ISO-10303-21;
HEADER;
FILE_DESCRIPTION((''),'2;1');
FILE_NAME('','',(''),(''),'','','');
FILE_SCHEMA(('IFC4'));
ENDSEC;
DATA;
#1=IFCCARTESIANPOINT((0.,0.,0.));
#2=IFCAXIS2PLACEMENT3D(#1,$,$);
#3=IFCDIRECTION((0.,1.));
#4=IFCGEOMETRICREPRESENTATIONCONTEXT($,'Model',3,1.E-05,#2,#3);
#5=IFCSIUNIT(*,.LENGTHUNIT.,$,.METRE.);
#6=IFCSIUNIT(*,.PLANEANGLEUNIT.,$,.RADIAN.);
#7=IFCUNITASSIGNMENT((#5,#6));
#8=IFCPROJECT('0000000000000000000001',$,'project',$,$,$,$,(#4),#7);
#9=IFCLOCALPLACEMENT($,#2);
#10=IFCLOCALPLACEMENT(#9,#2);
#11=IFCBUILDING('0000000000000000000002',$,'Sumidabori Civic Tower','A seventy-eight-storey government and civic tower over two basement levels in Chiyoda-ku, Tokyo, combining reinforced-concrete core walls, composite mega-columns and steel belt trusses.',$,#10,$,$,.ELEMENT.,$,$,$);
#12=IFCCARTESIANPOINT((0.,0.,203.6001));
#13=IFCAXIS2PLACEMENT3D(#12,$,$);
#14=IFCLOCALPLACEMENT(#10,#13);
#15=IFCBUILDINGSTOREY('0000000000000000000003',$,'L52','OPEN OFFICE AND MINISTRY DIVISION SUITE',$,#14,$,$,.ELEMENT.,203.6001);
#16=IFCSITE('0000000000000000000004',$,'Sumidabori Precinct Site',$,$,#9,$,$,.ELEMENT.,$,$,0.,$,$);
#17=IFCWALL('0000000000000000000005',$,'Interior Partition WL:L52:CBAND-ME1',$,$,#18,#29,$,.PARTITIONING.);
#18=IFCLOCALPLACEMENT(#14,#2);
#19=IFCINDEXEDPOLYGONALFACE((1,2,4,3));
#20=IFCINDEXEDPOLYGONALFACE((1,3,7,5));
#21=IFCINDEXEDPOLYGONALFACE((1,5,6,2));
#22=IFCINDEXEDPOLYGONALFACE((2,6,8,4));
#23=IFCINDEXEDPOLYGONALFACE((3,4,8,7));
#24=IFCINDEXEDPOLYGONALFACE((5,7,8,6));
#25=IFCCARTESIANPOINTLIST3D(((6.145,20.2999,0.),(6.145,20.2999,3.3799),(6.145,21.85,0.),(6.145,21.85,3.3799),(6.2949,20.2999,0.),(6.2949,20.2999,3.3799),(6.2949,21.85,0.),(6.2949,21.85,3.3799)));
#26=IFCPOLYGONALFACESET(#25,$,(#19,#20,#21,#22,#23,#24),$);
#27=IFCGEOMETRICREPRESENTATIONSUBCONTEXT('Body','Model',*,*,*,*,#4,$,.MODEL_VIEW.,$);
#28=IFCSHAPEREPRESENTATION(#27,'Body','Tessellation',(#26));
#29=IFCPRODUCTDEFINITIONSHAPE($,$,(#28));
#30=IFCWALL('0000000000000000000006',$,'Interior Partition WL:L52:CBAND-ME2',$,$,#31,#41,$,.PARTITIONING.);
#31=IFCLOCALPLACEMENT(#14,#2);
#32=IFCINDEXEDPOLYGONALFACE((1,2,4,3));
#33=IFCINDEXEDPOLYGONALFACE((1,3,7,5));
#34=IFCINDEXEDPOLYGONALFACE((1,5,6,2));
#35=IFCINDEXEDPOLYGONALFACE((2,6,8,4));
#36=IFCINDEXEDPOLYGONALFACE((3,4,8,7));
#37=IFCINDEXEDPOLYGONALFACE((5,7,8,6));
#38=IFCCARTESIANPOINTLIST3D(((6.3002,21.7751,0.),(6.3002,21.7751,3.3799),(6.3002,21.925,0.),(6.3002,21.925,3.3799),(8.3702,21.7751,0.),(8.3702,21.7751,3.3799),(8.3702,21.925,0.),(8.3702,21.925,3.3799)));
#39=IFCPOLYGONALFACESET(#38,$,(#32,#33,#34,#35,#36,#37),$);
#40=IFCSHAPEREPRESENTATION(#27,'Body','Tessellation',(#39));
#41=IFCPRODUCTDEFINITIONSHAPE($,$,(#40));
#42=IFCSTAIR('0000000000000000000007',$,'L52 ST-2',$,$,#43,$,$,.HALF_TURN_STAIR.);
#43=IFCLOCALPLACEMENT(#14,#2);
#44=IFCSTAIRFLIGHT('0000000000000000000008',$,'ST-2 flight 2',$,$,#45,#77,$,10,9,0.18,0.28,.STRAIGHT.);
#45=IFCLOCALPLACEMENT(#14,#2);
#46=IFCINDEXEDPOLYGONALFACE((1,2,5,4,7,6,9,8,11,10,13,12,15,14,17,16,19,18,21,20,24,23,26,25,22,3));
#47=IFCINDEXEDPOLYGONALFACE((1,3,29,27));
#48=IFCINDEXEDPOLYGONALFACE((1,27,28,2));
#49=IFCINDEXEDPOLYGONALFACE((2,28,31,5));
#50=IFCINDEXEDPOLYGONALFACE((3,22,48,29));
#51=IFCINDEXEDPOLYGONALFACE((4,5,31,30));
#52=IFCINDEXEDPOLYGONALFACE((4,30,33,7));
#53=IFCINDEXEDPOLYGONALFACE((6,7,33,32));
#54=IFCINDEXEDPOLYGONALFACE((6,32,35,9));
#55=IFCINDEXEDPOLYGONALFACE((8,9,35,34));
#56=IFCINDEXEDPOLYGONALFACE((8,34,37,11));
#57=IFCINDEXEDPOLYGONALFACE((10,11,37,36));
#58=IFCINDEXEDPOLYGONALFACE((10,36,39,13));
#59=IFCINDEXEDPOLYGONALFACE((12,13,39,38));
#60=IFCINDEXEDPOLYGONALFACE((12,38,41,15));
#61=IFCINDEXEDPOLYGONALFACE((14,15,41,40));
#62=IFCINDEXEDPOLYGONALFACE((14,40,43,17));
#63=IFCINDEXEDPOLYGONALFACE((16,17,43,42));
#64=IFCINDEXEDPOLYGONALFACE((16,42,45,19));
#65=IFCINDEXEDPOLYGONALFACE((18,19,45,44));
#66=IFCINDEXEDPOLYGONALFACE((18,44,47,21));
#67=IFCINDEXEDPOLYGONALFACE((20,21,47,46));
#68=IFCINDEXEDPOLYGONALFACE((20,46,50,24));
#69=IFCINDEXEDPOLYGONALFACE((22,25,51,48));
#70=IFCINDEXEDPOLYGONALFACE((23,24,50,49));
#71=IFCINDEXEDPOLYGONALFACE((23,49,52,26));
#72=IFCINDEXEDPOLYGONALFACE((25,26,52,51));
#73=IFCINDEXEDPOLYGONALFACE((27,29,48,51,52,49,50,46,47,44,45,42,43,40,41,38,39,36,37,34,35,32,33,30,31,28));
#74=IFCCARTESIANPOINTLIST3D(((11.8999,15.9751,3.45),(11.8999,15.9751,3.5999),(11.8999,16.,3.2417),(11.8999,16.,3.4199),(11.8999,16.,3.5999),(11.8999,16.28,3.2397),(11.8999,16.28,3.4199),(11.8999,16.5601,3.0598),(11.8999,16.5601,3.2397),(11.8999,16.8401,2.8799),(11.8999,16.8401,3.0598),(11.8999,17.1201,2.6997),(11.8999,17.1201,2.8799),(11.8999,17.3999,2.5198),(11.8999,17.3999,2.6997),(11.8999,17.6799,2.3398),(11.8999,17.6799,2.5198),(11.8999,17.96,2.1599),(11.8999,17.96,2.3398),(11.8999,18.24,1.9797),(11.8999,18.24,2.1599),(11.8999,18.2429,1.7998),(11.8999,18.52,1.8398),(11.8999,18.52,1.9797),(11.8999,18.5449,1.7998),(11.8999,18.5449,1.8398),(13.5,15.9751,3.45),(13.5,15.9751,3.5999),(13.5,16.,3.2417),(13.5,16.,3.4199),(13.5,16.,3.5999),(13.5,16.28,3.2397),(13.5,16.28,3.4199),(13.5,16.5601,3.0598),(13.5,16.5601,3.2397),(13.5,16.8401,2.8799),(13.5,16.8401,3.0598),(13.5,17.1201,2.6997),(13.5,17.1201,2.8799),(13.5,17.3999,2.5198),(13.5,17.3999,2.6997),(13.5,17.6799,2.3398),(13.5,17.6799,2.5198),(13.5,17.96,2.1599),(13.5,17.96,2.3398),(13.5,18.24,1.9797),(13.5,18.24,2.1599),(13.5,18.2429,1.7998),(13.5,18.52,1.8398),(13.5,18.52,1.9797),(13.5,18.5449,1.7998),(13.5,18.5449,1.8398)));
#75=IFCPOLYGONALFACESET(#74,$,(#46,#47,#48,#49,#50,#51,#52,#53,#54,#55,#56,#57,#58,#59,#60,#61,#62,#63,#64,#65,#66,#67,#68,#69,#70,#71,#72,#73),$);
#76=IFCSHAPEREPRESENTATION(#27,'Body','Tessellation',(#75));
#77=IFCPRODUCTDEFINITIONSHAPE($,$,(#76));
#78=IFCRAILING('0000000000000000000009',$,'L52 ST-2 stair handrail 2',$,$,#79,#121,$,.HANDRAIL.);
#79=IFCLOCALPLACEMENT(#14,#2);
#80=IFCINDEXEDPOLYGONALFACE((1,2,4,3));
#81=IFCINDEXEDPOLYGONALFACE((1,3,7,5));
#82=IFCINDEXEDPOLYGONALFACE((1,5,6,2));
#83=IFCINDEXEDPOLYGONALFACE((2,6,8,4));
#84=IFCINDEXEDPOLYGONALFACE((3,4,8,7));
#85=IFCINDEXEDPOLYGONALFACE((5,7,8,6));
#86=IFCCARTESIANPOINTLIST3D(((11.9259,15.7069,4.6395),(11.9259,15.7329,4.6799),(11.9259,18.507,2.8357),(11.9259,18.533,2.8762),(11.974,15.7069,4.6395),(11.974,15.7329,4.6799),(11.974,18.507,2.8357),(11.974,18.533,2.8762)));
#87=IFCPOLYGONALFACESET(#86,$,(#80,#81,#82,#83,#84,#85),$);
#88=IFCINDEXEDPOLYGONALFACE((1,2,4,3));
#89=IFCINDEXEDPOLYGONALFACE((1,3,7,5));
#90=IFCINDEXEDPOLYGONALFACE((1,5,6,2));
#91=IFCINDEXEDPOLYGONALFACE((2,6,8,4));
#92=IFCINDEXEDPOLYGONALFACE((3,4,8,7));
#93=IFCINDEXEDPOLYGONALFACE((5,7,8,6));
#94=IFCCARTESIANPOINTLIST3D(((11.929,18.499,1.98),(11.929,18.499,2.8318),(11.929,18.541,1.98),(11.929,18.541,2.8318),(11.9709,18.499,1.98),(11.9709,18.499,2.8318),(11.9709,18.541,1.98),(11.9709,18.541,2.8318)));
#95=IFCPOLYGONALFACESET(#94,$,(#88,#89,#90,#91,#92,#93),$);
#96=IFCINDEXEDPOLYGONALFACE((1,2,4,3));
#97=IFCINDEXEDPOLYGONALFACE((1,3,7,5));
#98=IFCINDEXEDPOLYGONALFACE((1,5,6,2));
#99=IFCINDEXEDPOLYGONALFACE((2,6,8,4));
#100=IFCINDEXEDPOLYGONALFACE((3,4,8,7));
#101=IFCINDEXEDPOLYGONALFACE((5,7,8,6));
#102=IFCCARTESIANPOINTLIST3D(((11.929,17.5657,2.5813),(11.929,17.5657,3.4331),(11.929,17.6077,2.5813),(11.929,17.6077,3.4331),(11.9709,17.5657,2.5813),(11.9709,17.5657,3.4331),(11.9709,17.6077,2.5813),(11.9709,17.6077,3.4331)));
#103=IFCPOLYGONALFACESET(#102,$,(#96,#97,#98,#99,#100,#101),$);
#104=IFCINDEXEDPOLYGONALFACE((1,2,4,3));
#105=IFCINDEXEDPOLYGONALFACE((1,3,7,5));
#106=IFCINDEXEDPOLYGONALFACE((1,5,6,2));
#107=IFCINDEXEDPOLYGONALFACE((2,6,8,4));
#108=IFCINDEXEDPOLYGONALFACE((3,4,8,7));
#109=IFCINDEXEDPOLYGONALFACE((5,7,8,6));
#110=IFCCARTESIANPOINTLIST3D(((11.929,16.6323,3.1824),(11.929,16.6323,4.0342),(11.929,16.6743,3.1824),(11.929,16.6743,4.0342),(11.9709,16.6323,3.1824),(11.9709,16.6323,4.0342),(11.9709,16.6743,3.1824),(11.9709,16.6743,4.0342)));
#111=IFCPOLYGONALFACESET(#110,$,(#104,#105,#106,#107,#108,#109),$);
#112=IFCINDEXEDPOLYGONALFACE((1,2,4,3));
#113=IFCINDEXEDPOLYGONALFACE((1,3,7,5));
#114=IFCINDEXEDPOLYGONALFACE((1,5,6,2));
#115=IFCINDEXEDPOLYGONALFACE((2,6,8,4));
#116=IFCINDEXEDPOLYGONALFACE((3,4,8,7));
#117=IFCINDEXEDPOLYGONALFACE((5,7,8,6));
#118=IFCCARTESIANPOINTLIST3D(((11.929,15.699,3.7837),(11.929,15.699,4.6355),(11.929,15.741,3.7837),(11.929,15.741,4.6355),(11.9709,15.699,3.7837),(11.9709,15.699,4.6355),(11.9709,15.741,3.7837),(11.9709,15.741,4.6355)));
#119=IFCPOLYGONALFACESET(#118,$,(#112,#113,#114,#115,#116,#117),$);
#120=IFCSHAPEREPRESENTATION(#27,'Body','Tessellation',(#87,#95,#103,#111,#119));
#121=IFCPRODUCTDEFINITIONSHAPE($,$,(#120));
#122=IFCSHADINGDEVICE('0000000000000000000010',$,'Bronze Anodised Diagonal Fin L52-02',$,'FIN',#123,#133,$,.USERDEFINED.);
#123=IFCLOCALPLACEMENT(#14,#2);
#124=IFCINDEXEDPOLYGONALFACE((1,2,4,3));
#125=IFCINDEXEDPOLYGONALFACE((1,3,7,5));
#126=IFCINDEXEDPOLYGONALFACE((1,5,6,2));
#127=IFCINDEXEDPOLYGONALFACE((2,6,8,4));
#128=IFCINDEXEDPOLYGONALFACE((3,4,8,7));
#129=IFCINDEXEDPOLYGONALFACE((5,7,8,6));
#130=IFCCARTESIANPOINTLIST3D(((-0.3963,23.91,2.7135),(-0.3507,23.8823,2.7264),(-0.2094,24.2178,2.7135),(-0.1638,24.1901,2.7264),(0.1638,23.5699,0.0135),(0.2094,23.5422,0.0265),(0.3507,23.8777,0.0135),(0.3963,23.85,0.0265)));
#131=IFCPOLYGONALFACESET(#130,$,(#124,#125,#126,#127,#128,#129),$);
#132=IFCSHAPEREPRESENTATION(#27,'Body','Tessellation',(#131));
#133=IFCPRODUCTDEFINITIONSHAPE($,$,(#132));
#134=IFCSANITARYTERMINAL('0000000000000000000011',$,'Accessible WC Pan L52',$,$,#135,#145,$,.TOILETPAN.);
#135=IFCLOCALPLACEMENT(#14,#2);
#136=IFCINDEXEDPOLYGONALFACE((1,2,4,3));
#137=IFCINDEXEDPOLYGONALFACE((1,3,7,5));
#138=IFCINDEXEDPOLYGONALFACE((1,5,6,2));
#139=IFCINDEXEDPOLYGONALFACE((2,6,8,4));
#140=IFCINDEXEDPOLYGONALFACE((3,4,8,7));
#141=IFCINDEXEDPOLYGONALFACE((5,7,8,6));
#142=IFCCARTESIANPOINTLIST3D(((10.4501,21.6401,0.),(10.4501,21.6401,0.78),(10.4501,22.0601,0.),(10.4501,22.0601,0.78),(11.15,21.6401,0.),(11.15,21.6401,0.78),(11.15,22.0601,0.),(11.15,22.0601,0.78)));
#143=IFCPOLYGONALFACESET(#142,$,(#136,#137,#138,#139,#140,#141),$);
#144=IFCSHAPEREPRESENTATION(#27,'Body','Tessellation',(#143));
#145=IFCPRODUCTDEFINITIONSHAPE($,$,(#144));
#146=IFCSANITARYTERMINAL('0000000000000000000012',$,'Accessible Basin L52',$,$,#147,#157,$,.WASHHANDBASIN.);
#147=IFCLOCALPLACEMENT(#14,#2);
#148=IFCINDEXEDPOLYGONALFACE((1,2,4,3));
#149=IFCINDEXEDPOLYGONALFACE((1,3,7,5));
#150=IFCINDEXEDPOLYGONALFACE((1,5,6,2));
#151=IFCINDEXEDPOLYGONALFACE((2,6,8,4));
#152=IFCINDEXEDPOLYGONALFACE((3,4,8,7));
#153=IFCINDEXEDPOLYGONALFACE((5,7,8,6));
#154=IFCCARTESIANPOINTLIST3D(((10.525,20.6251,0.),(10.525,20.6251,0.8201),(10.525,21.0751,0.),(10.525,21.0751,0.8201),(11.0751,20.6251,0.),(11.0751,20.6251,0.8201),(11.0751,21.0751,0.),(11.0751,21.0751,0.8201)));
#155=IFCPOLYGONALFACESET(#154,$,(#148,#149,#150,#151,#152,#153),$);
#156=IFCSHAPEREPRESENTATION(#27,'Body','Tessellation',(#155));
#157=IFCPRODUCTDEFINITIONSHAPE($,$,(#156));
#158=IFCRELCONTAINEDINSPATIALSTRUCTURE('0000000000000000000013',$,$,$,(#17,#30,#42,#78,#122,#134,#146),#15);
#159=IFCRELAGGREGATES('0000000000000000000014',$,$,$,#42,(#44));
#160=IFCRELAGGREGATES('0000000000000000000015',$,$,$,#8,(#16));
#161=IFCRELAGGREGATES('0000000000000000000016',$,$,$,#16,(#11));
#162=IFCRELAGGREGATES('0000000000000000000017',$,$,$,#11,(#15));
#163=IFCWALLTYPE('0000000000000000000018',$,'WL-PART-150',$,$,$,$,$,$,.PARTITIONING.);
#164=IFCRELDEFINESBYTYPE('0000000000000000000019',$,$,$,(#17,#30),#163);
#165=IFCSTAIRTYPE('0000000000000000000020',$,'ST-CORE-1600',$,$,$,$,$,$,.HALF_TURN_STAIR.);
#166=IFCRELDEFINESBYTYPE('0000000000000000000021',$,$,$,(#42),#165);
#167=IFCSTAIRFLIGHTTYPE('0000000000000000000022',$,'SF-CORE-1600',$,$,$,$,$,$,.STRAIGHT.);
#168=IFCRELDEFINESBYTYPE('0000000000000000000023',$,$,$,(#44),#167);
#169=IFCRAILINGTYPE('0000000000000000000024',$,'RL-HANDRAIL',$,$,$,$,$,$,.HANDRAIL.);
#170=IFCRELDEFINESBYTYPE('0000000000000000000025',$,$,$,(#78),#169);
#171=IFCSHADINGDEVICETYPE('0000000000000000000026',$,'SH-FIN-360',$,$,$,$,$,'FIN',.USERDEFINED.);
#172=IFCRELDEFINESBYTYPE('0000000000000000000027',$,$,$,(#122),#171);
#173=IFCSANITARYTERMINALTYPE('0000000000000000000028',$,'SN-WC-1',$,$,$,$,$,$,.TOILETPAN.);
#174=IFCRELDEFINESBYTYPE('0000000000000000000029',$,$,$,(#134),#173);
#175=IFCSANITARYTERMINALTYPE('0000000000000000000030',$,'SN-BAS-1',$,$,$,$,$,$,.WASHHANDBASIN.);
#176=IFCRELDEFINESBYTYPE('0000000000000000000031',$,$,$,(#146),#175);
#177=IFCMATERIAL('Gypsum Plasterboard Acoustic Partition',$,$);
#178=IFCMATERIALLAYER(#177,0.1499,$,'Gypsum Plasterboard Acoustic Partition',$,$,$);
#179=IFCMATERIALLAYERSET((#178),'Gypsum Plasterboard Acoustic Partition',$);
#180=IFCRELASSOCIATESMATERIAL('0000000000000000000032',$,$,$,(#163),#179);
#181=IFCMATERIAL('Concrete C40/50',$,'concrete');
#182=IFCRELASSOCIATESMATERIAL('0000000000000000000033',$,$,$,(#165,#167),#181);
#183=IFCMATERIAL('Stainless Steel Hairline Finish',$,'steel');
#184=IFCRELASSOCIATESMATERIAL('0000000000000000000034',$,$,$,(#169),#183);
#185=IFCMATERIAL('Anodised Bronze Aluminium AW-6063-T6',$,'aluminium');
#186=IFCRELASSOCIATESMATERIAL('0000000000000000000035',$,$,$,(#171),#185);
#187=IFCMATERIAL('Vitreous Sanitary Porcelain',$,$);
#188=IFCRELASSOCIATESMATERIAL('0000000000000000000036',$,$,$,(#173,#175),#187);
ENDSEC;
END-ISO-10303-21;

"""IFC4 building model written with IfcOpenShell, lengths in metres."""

from ifc_helpers import new_model, si_unit, direction, frame, frame_2d, origin, origin_2d, place, context, subcontext, project, spatial, polyline, rectangle, outline, extrude, source, transform, mapped, material, layer, layer_set, material_profile, profile_set, type_object, element, aggregate, save


model = new_model("IFC4")

# Units and contexts
model_context = context("Model", 3, precision=1e-05, world=origin(), true_north=direction((0.0, 1.0)))
body_context = subcontext(model_context, "Body", "Model", "MODEL_VIEW")
ifc_project = project(units=[si_unit("LENGTHUNIT", "METRE"), si_unit("PLANEANGLEUNIT", "RADIAN")], contexts=[model_context])

# Site, building, storey
site_placement = place(None, origin())
site = spatial("IfcSite", under=ifc_project, at=site_placement, Name="Sumidabori Precinct Site", CompositionType="ELEMENT", RefElevation=0.0)
building_placement = place(site_placement, origin())
building = spatial("IfcBuilding", under=site, at=building_placement, Name="Sumidabori Civic Tower", Description="A seventy-eight-storey government and civic tower over two basement levels in Chiyoda-ku, Tokyo, combining reinforced-concrete core walls, composite mega-columns and steel belt trusses.", CompositionType="ELEMENT")
storey_placement = place(building_placement, frame((0.0, 0.0, 203.6001)))
storey = spatial("IfcBuildingStorey", under=building, at=storey_placement, Name="L52", Description="OPEN OFFICE AND MINISTRY DIVISION SUITE", CompositionType="ELEMENT", Elevation=203.6001)

# Shared definitions
ifc_material_1 = material(Name="Anodised Bronze Aluminium AW-6063-T6", Category="aluminium")

# Walls
ifc_material_2 = material(Name="Gypsum Plasterboard Acoustic Partition")
ifc_layer_1 = layer(ifc_material_2, 0.1499, Name="Gypsum Plasterboard Acoustic Partition")
ifc_layer_set_1 = layer_set([ifc_layer_1], Name="Gypsum Plasterboard Acoustic Partition")
wall_type_1 = type_object("IfcWallType", Name="WL-PART-150", PredefinedType="PARTITIONING", material=ifc_layer_set_1)
shared_shape_1 = source(origin(), body_context, "Body", "SweptSolid", [
    extrude(rectangle(XDim=1.55, YDim=0.1499, at=frame_2d((0.7749, 0.0))), origin(), (0.0, 0.0, 1.0), 3.3799),
])
wall_1_placement = place(storey_placement, frame((6.22, 20.3, 0.0), z_axis=(0.0, 0.0, 1.0), x_axis=(0.0, 1.0, 0.0)))
element("IfcWall", 1, at=wall_1_placement, inside=storey, type_object=wall_type_1, Name="Interior Partition WL:L52:CBAND-ME1", PredefinedType="PARTITIONING", context=body_context, shape_type="MappedRepresentation", body=[
    mapped(shared_shape_1, transform((0.0, 0.0, 0.0), x_axis=(1.0, 0.0, 0.0), y_axis=(0.0, 1.0, 0.0), z_axis=(0.0, 0.0, 1.0), scale=1.0)),
])
shared_shape_2 = source(origin(), body_context, "Body", "SweptSolid", [
    extrude(rectangle(XDim=2.0701, YDim=0.1499, at=frame_2d((1.0352, 0.0))), origin(), (0.0, 0.0, 1.0), 3.3799),
])
wall_2_placement = place(storey_placement, frame((6.3, 21.8501, 0.0), z_axis=(0.0, 0.0, 1.0), x_axis=(1.0, 0.0, 0.0)))
element("IfcWall", 2, at=wall_2_placement, inside=storey, type_object=wall_type_1, Name="Interior Partition WL:L52:CBAND-ME2", PredefinedType="PARTITIONING", context=body_context, shape_type="MappedRepresentation", body=[
    mapped(shared_shape_2, transform((0.0, 0.0, 0.0), x_axis=(1.0, 0.0, 0.0), y_axis=(0.0, 1.0, 0.0), z_axis=(0.0, 0.0, 1.0), scale=1.0)),
])

# Stair, stair flight
ifc_material_3 = material(Name="Concrete C40/50", Category="concrete")
stair_type = type_object("IfcStairType", Name="ST-CORE-1600", PredefinedType="HALF_TURN_STAIR", material=ifc_material_3)
stair_placement = place(storey_placement, origin())
stair = element("IfcStair", 3, at=stair_placement, inside=storey, type_object=stair_type, Name="L52 ST-2", PredefinedType="HALF_TURN_STAIR")
stair_flight_type = type_object("IfcStairFlightType", Name="SF-CORE-1600", PredefinedType="STRAIGHT", material=ifc_material_3)
shared_shape_3 = source(origin(), body_context, "Body", "SweptSolid", [
    extrude(outline(polyline([(-0.0249, 0.0), (-0.0249, 0.04), (0.0, 0.04), (0.0, 0.1799), (0.28, 0.1799), (0.28, 0.3601), (0.5601, 0.3601), (0.5601, 0.54), (0.8401, 0.54), (0.8401, 0.72), (1.1201, 0.72), (1.1201, 0.8999), (1.3999, 0.8999), (1.3999, 1.0801), (1.6799, 1.0801), (1.6799, 1.26), (1.96, 1.26), (1.96, 1.4399), (2.24, 1.4399), (2.24, 1.6201), (2.52, 1.6201), (2.52, 1.8), (2.5449, 1.8), (2.5449, 1.6501), (2.52, 1.4419), (0.2771, 0.0), (-0.0249, 0.0)])), frame((0.0, 0.8, 0.0), z_axis=(0.0, -1.0, 0.0), x_axis=(1.0, 0.0, 0.0)), (0.0, 0.0, 1.0), 1.6001),
])
stair_flight_placement = place(storey_placement, frame((12.7, 18.52, 1.7998), z_axis=(0.0, 0.0, 1.0), x_axis=(0.0, -1.0, 0.0)))
stair_flight = element("IfcStairFlight", 4, at=stair_flight_placement, type_object=stair_flight_type, Name="ST-2 flight 2", NumberOfRisers=10, NumberOfTreads=9, PredefinedType="STRAIGHT", RiserHeight=0.18, TreadLength=0.28, context=body_context, shape_type="MappedRepresentation", body=[
    mapped(shared_shape_3, transform((0.0, 0.0, 0.0), x_axis=(1.0, 0.0, 0.0), y_axis=(0.0, 1.0, 0.0), z_axis=(0.0, 0.0, 1.0), scale=1.0)),
])
aggregate(stair, [stair_flight])

# Railing
ifc_material_4 = material(Name="Stainless Steel Hairline Finish", Category="steel")
railing_type = type_object("IfcRailingType", Name="RL-HANDRAIL", PredefinedType="HANDRAIL", material=ifc_material_4)
railing_placement = place(storey_placement, frame((11.95, 18.52, 1.98)))
element("IfcRailing", 5, at=railing_placement, inside=storey, type_object=railing_type, Name="L52 ST-2 stair handrail 2", PredefinedType="HANDRAIL", context=body_context, shape_type="SweptSolid", body=[
    extrude(rectangle(XDim=0.0481, YDim=0.0481, at=origin_2d()), frame((0.0, 0.0, 0.876), z_axis=(0.0, -0.840676, 0.541539), x_axis=(1.0, 0.0, 0.0)), (0.0, 0.0, 1.0), 3.3308),
    extrude(rectangle(XDim=0.042, YDim=0.042, at=origin_2d()), origin(), (0.0, 0.0, 1.0), 0.8518),
    extrude(rectangle(XDim=0.042, YDim=0.042, at=origin_2d()), frame((0.0, -0.9333, 0.6013)), (0.0, 0.0, 1.0), 0.8518),
    extrude(rectangle(XDim=0.042, YDim=0.042, at=origin_2d()), frame((0.0, -1.8667, 1.2024)), (0.0, 0.0, 1.0), 0.8518),
    extrude(rectangle(XDim=0.042, YDim=0.042, at=origin_2d()), frame((0.0, -2.8, 1.8037)), (0.0, 0.0, 1.0), 0.8518),
])

# Shading device
ifc_material_profile_1 = material_profile(ifc_material_1, rectangle(XDim=0.0549, YDim=0.3601, at=origin_2d()), Name="BRONZE FIN 360x55")
ifc_profile_set_1 = profile_set([ifc_material_profile_1], Name="Anodised Bronze Aluminium AW-6063-T6")
shading_device_type = type_object("IfcShadingDeviceType", Name="SH-FIN-360", ElementType="FIN", PredefinedType="USERDEFINED", material=ifc_profile_set_1)
shared_shape_4 = source(origin(), body_context, "Body", "SweptSolid", [
    extrude(rectangle(XDim=0.0549, YDim=0.3601, at=origin_2d()), origin(), (0.0, 0.0, 1.0), 2.7783),
])
shading_device_placement = place(storey_placement, frame((0.28, 23.71, 0.02), z_axis=(-0.201582, 0.122408, 0.971793), x_axis=(0.830642, -0.504396, 0.235837)))
element("IfcShadingDevice", 6, at=shading_device_placement, inside=storey, type_object=shading_device_type, Name="Bronze Anodised Diagonal Fin L52-02", ObjectType="FIN", PredefinedType="USERDEFINED", context=body_context, shape_type="MappedRepresentation", body=[
    mapped(shared_shape_4, transform((0.0, 0.0, 0.0), x_axis=(1.0, 0.0, 0.0), y_axis=(0.0, 1.0, 0.0), z_axis=(0.0, 0.0, 1.0), scale=1.0)),
])

# Sanitary terminals
ifc_material_5 = material(Name="Vitreous Sanitary Porcelain")
sanitary_terminal_type_1 = type_object("IfcSanitaryTerminalType", Name="SN-WC-1", PredefinedType="TOILETPAN", material=ifc_material_5)
shared_shape_5 = source(origin(), body_context, "Body", "SweptSolid", [
    extrude(rectangle(XDim=0.7, YDim=0.4199, at=origin_2d()), origin(), (0.0, 0.0, 1.0), 0.78),
])
sanitary_terminal_1_placement = place(storey_placement, frame((10.8, 21.8501, 0.0), z_axis=(0.0, 0.0, 1.0), x_axis=(1.0, 0.0, 0.0)))
element("IfcSanitaryTerminal", 7, at=sanitary_terminal_1_placement, inside=storey, type_object=sanitary_terminal_type_1, Name="Accessible WC Pan L52", PredefinedType="TOILETPAN", context=body_context, shape_type="MappedRepresentation", body=[
    mapped(shared_shape_5, transform((0.0, 0.0, 0.0), x_axis=(1.0, 0.0, 0.0), y_axis=(0.0, 1.0, 0.0), z_axis=(0.0, 0.0, 1.0), scale=1.0)),
])
sanitary_terminal_type_2 = type_object("IfcSanitaryTerminalType", Name="SN-BAS-1", PredefinedType="WASHHANDBASIN", material=ifc_material_5)
shared_shape_6 = source(origin(), body_context, "Body", "SweptSolid", [
    extrude(rectangle(XDim=0.55, YDim=0.45, at=origin_2d()), origin(), (0.0, 0.0, 1.0), 0.8201),
])
sanitary_terminal_2_placement = place(storey_placement, frame((10.8, 20.8501, 0.0), z_axis=(0.0, 0.0, 1.0), x_axis=(1.0, 0.0, 0.0)))
element("IfcSanitaryTerminal", 8, at=sanitary_terminal_2_placement, inside=storey, type_object=sanitary_terminal_type_2, Name="Accessible Basin L52", PredefinedType="WASHHANDBASIN", context=body_context, shape_type="MappedRepresentation", body=[
    mapped(shared_shape_6, transform((0.0, 0.0, 0.0), x_axis=(1.0, 0.0, 0.0), y_axis=(0.0, 1.0, 0.0), z_axis=(0.0, 0.0, 1.0), scale=1.0)),
])

save(model, "model.ifc")
